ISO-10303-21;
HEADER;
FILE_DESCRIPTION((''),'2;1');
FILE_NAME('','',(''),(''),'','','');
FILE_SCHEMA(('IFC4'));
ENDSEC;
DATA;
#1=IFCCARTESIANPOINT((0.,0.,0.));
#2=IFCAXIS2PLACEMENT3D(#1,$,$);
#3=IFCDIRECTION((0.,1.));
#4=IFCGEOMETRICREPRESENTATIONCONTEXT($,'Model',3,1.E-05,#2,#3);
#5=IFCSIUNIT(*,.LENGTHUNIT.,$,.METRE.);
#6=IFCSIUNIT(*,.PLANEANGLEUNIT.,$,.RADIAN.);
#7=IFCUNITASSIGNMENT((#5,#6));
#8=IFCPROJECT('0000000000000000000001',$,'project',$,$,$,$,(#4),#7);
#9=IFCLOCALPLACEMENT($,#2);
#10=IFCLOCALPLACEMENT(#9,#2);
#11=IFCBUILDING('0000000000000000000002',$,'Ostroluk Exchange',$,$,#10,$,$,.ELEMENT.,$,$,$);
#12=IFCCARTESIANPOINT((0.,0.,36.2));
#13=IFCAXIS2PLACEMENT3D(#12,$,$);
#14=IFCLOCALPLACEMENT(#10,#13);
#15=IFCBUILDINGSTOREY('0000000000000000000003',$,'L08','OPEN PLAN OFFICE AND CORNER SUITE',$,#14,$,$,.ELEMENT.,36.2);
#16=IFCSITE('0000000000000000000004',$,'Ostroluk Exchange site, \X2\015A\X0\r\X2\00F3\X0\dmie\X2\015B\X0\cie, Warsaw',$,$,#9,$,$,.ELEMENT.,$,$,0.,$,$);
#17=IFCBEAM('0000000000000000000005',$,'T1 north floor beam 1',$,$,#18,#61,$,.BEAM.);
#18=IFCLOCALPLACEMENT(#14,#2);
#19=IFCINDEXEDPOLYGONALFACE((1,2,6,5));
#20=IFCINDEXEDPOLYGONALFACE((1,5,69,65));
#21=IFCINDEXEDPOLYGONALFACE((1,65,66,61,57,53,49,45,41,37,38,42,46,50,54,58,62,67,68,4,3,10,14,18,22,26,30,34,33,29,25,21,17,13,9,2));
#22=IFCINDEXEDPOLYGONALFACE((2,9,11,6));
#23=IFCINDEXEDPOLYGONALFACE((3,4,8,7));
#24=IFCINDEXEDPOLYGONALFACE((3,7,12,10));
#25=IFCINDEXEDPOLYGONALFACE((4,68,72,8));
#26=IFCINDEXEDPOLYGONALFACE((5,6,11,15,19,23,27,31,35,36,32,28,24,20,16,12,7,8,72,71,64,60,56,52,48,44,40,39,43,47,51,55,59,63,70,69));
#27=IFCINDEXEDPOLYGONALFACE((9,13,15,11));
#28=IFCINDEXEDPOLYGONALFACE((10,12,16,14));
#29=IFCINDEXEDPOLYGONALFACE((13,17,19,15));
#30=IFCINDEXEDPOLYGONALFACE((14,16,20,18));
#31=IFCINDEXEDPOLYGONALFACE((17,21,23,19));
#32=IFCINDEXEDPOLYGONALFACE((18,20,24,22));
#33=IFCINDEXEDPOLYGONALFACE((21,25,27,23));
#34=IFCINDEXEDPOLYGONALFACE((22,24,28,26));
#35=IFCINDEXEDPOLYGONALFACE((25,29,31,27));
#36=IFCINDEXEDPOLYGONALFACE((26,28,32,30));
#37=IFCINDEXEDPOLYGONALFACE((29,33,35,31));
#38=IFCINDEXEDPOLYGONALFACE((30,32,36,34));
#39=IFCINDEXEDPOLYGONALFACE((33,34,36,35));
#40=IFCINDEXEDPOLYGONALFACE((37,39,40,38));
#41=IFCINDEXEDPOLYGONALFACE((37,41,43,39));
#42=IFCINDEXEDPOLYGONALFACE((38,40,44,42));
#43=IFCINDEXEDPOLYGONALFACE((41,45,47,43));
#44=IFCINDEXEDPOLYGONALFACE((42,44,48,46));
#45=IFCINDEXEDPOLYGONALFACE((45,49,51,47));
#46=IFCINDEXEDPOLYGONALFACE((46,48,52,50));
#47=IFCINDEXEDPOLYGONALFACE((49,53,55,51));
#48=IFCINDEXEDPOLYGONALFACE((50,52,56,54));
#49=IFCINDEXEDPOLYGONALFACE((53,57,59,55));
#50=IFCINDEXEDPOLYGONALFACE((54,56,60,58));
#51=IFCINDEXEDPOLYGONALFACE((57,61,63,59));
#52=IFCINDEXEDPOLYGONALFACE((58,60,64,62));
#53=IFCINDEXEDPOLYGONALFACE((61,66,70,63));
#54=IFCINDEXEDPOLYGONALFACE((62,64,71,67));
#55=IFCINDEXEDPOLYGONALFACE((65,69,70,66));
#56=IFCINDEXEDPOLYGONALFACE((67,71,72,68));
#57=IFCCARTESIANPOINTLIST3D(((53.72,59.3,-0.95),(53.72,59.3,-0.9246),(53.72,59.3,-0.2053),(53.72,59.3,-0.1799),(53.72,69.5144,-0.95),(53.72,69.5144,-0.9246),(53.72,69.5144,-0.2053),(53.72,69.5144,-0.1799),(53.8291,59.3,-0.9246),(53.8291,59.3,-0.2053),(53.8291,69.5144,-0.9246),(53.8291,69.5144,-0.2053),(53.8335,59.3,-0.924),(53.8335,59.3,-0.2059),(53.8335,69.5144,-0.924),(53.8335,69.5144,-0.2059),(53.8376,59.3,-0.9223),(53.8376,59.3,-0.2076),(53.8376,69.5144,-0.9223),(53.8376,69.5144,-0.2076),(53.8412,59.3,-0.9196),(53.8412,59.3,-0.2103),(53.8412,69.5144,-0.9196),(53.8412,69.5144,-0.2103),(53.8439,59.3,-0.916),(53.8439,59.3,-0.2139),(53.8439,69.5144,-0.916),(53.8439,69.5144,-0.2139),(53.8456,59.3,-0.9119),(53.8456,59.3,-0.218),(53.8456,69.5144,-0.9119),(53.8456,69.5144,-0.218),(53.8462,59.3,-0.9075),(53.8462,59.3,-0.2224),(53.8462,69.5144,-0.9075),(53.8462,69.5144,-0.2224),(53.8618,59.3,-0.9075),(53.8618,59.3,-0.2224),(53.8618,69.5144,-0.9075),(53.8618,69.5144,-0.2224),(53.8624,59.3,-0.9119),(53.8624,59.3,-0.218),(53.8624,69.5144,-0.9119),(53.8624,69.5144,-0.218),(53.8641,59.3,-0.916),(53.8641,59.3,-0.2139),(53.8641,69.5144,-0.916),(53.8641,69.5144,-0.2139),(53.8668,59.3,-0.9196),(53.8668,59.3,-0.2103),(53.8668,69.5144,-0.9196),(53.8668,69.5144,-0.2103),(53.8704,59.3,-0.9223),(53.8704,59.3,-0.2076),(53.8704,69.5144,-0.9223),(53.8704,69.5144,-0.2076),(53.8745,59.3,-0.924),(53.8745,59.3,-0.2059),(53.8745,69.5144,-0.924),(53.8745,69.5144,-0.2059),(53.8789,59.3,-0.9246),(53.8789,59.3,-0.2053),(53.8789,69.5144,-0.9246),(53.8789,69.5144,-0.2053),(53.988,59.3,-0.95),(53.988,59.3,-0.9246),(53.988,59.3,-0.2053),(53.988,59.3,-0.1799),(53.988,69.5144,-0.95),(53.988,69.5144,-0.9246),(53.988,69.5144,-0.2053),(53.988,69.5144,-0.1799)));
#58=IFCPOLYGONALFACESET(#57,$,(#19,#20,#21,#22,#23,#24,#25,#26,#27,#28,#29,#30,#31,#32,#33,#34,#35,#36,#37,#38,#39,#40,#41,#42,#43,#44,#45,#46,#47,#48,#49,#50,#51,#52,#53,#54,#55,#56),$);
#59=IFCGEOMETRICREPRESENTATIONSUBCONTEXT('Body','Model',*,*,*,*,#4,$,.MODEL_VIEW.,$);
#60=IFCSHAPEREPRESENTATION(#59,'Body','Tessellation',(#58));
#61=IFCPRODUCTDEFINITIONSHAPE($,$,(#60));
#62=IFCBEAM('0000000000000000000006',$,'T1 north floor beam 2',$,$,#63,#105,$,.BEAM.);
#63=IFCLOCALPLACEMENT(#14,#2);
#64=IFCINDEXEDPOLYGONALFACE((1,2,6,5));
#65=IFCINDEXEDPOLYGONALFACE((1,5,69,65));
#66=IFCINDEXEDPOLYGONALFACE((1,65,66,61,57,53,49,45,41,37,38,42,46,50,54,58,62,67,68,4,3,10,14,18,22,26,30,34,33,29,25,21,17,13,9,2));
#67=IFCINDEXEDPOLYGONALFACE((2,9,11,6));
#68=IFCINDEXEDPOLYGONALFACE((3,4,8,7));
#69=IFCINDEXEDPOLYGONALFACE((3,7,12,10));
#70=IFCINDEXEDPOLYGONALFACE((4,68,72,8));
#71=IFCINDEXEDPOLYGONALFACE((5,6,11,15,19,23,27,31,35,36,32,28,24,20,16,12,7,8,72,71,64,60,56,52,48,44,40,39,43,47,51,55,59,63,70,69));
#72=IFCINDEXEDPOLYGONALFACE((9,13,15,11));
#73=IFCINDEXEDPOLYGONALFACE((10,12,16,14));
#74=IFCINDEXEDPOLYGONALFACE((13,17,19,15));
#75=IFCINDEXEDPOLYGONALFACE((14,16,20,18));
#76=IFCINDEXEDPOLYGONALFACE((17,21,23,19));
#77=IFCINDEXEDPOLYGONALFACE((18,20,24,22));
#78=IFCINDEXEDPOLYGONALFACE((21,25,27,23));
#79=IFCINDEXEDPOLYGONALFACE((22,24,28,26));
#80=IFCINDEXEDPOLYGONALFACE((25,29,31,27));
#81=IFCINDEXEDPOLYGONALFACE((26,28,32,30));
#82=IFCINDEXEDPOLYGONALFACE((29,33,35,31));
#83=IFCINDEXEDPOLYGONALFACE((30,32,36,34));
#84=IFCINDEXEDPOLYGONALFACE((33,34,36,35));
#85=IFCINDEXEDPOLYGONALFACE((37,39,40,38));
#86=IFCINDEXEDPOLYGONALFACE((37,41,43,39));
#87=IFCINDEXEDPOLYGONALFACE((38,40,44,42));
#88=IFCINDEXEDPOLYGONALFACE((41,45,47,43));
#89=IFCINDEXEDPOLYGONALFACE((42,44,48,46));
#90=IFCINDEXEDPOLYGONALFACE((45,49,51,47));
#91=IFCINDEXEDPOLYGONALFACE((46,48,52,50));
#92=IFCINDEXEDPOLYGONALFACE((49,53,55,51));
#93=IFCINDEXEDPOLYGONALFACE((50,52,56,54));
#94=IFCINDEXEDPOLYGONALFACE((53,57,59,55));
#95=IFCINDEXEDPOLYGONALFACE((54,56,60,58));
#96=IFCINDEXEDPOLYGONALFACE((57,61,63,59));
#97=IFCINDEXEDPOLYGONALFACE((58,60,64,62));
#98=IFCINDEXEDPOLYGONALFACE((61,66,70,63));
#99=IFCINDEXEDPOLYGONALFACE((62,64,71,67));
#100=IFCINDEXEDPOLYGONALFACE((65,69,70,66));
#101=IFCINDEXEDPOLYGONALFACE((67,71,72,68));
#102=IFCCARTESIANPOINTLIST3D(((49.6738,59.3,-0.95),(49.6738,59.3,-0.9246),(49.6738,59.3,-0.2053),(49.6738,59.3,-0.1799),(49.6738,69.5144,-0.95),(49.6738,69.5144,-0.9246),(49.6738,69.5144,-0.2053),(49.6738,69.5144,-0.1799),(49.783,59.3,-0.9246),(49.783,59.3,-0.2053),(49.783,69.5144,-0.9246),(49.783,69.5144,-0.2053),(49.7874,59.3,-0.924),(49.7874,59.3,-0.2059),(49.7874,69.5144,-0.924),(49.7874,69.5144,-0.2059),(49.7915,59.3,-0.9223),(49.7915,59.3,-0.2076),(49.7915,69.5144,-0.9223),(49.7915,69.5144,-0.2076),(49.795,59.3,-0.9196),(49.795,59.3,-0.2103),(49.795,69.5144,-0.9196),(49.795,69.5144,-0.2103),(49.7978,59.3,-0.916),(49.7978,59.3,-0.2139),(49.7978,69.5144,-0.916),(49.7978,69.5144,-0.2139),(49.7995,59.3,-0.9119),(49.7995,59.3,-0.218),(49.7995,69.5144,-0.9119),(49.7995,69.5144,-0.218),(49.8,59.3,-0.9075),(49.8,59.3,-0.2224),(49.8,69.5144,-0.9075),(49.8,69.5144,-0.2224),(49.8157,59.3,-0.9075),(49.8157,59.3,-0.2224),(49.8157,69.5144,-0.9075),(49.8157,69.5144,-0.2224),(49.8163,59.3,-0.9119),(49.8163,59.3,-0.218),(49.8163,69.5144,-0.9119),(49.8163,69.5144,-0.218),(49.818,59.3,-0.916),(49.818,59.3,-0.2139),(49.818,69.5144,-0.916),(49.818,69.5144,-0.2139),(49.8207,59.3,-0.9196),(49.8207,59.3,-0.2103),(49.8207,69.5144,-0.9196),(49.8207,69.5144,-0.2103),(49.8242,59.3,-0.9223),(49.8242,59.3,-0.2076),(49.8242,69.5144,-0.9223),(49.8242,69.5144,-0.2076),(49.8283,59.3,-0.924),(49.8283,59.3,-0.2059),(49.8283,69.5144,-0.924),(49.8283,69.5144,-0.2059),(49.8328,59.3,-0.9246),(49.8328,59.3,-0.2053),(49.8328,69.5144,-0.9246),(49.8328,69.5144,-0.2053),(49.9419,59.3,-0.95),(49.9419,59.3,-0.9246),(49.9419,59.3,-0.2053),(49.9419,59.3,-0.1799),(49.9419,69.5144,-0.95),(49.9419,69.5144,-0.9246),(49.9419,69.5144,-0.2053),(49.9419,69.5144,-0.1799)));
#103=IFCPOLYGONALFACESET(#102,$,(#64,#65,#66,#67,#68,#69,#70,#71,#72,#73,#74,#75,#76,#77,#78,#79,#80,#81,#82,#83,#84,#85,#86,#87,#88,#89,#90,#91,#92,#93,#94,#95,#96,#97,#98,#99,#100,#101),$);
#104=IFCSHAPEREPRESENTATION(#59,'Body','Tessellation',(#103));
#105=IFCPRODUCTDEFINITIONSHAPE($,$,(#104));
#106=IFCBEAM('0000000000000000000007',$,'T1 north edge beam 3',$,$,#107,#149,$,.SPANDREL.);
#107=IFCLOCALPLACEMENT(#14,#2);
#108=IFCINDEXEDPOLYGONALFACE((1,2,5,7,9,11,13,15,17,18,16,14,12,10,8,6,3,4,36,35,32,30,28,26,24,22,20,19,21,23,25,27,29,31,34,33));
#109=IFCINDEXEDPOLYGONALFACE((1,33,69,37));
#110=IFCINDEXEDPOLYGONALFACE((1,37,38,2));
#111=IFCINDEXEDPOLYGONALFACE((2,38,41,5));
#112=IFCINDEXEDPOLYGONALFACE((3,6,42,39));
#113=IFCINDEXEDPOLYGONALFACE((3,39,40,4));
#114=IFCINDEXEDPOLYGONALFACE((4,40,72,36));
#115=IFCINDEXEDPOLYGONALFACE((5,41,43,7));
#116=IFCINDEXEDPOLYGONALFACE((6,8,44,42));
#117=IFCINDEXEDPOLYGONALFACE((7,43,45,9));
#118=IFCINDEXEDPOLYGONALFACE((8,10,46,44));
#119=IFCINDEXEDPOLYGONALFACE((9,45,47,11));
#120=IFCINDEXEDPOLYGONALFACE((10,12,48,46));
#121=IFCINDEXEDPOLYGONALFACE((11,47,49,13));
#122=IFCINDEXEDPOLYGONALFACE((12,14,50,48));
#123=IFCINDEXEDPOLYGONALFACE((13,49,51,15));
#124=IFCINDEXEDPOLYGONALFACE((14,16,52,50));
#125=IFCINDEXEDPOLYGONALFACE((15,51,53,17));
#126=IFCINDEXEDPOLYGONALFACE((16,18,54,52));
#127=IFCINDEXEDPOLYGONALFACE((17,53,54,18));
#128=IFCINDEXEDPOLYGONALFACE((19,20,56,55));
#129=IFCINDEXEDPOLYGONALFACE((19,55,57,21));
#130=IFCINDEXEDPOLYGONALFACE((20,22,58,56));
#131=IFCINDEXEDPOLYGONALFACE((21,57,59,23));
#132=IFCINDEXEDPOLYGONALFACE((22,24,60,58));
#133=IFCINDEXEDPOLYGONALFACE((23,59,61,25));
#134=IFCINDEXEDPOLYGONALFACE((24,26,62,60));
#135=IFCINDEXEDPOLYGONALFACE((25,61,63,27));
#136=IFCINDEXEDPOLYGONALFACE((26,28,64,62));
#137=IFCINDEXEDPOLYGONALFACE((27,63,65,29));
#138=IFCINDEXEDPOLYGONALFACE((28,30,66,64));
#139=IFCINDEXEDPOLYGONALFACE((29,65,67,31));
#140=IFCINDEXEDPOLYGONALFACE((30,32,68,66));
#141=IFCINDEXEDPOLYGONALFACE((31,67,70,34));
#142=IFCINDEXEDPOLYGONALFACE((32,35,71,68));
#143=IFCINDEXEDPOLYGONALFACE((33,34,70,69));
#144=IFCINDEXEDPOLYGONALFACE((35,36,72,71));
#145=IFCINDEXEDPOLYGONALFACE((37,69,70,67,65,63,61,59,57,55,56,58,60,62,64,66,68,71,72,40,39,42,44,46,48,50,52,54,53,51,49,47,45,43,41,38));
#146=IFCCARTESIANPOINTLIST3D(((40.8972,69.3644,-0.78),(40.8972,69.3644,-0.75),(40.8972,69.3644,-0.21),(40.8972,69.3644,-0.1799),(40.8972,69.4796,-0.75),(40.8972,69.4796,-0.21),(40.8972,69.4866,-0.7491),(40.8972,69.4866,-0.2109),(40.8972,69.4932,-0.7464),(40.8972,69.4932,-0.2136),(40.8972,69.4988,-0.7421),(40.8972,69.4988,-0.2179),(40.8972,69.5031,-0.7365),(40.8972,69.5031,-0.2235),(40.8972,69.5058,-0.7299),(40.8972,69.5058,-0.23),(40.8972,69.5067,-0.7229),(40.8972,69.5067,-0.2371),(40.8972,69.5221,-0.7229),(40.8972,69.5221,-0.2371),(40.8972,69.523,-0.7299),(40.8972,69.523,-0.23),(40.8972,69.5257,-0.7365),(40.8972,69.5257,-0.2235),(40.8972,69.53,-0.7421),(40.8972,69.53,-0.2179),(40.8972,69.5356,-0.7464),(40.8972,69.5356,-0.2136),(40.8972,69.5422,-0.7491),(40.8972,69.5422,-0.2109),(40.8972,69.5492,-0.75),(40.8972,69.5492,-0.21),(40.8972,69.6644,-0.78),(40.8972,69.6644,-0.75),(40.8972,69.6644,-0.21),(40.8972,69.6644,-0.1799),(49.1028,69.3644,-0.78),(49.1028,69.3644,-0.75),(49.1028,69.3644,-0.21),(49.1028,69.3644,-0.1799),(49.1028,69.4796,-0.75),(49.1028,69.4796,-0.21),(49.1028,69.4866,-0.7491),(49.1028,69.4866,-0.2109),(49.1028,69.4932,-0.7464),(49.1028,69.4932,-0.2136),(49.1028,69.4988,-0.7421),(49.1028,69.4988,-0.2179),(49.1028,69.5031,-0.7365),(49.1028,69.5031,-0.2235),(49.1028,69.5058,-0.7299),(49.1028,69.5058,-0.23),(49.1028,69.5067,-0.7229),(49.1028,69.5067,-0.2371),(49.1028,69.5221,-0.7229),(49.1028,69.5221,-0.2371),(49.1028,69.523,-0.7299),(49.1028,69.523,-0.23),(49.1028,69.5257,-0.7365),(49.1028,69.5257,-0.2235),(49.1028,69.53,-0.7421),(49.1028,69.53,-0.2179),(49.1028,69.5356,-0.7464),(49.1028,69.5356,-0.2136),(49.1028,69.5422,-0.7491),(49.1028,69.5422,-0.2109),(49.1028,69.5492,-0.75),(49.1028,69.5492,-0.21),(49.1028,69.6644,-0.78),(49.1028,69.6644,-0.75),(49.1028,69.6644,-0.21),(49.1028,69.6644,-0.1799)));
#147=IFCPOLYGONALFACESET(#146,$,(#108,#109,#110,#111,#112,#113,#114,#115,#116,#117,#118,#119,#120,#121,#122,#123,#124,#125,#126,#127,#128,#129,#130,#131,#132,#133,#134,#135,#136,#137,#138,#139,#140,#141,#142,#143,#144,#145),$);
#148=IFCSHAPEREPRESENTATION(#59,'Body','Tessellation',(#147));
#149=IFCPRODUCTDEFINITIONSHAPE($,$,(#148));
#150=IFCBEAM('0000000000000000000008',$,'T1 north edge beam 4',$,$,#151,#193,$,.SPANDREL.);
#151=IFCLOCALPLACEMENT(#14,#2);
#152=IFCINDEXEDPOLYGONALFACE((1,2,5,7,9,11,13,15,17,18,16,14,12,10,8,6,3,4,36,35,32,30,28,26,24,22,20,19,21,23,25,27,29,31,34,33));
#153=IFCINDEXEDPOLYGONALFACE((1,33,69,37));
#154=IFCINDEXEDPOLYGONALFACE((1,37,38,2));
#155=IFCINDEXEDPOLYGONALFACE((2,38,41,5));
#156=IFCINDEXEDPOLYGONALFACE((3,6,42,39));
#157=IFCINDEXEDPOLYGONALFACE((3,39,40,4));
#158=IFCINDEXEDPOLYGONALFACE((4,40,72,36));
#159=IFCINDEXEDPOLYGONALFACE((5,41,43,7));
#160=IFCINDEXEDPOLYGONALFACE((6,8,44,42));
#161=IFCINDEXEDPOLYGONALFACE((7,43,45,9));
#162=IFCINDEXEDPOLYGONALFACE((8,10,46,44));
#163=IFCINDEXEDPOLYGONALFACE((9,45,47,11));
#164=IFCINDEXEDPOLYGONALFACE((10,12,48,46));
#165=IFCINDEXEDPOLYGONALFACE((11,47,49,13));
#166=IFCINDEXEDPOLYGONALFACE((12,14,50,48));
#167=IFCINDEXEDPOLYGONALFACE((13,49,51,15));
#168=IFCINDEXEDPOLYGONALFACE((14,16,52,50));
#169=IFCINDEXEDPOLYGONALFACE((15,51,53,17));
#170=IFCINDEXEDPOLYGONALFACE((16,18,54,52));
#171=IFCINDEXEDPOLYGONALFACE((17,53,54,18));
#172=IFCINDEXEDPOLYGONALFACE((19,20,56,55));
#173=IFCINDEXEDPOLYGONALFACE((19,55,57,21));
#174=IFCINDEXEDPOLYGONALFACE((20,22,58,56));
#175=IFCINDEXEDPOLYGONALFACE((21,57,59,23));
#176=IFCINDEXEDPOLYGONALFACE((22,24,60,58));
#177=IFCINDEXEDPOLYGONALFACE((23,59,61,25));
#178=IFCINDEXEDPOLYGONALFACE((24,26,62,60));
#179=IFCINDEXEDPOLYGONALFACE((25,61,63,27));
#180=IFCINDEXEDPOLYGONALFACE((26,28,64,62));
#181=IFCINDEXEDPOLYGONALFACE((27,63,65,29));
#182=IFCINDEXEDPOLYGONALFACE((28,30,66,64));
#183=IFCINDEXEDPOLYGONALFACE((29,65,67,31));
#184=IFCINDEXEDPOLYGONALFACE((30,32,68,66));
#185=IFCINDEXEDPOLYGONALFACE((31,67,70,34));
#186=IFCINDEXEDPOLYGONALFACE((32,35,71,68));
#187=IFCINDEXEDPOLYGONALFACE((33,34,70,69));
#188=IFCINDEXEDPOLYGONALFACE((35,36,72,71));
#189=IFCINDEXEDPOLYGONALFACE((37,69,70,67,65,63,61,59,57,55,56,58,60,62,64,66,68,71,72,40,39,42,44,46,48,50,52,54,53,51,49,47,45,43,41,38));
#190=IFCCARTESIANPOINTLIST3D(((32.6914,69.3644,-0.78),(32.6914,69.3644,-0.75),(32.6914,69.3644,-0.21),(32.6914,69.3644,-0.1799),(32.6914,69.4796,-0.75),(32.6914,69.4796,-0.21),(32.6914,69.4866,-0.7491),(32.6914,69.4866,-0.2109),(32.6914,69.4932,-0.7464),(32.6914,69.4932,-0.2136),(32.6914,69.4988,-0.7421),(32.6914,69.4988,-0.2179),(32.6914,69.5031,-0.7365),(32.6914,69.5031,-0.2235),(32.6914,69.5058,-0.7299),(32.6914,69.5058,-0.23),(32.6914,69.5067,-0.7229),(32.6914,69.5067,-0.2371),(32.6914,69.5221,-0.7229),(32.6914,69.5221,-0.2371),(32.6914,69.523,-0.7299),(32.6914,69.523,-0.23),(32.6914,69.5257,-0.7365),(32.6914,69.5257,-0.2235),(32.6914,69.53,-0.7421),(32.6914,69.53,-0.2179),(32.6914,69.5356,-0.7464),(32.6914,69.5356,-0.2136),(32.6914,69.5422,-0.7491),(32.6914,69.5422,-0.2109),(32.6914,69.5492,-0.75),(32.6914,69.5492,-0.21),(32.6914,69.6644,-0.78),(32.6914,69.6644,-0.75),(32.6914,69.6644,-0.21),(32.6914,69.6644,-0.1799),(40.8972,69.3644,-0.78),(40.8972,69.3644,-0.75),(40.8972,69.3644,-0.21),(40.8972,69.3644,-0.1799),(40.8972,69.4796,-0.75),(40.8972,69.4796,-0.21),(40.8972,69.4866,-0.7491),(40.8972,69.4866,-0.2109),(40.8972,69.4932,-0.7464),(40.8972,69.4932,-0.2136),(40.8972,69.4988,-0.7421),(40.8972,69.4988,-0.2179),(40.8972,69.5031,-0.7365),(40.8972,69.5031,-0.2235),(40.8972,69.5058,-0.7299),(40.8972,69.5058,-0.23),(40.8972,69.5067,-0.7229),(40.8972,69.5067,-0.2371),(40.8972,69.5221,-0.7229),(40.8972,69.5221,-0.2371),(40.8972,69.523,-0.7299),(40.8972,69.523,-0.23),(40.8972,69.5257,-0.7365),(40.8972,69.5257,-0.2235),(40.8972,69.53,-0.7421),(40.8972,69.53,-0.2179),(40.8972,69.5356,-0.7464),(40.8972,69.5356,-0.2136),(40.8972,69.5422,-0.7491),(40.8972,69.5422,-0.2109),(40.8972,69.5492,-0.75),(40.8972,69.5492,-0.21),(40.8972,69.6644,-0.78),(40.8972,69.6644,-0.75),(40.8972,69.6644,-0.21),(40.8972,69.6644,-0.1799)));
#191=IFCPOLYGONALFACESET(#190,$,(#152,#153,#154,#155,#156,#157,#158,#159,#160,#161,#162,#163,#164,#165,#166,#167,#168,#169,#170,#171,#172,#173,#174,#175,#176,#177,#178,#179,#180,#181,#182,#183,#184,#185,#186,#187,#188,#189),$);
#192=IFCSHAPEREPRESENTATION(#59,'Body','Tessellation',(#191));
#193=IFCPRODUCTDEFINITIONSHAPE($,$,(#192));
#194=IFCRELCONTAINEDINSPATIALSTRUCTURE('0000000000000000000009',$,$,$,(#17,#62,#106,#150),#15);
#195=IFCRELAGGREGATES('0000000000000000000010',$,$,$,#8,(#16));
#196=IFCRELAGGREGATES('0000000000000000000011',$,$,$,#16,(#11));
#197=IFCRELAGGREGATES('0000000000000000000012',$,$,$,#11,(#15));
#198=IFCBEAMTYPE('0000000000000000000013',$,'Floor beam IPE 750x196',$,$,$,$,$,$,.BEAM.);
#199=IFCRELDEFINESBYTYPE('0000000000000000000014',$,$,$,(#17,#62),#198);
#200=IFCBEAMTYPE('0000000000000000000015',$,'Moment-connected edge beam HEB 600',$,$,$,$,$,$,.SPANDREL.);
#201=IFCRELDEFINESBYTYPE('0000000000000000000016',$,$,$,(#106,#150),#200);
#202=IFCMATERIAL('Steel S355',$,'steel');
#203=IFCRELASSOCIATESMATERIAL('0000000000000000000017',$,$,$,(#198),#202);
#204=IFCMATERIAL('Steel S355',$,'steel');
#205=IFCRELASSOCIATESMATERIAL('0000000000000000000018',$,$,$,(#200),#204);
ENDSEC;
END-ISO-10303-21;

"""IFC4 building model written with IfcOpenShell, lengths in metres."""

from ifc_helpers import new_model, si_unit, direction, frame, origin, origin_2d, place, context, subcontext, project, spatial, i_section, extrude, material, material_profile, profile_set, type_object, element, save


model = new_model("IFC4")

# Units and contexts
model_context = context("Model", 3, precision=1e-05, world=origin(), true_north=direction((0.0, 1.0)))
body_context = subcontext(model_context, "Body", "Model", "MODEL_VIEW")
ifc_project = project(units=[si_unit("LENGTHUNIT", "METRE"), si_unit("PLANEANGLEUNIT", "RADIAN")], contexts=[model_context])

# Site, building, storey
site_placement = place(None, origin())
site = spatial("IfcSite", under=ifc_project, at=site_placement, Name="Ostroluk Exchange site, Śródmieście, Warsaw", CompositionType="ELEMENT", RefElevation=0.0)
building_placement = place(site_placement, origin())
building = spatial("IfcBuilding", under=site, at=building_placement, Name="Ostroluk Exchange", CompositionType="ELEMENT")
storey_placement = place(building_placement, frame((0.0, 0.0, 36.2)))
storey = spatial("IfcBuildingStorey", under=building, at=storey_placement, Name="L08", Description="OPEN PLAN OFFICE AND CORNER SUITE", CompositionType="ELEMENT", Elevation=36.2)

# Beams
ifc_material_1 = material(Name="Steel S355", Category="steel")
ifc_material_profile_1 = material_profile(ifc_material_1, i_section(OverallWidth=0.2681, OverallDepth=0.77, WebThickness=0.0156, FlangeThickness=0.0254, FilletRadius=0.0171, at=origin_2d()), Name="IPE 750x196")
ifc_profile_set_1 = profile_set([ifc_material_profile_1], Name="Steel S355")
beam_type_1 = type_object("IfcBeamType", Name="Floor beam IPE 750x196", PredefinedType="BEAM", material=ifc_profile_set_1)
for number, where, z_axis, x_axis, name in (
    (1, (53.854, 59.3, -0.5649), (0.0, 1.0, 0.0), (-1.0, 0.0, 0.0), "T1 north floor beam 1"),
    (2, (49.8079, 59.3, -0.5649), (0.0, 1.0, 0.0), (-1.0, 0.0, 0.0), "T1 north floor beam 2"),
):
    element("IfcBeam", number, at=place(storey_placement, frame(where, z_axis=z_axis, x_axis=x_axis)), inside=storey, type_object=beam_type_1, Name=name, PredefinedType="BEAM", context=body_context, shape_type="SweptSolid", body=[
        extrude(i_section(OverallWidth=0.2681, OverallDepth=0.77, WebThickness=0.0156, FlangeThickness=0.0254, FilletRadius=0.0171, at=origin_2d()), origin(), (0.0, 0.0, 1.0), 10.2144),
    ])
ifc_material_2 = material(Name="Steel S355", Category="steel")
ifc_material_profile_2 = material_profile(ifc_material_2, i_section(OverallWidth=0.3, OverallDepth=0.6001, WebThickness=0.0154, FlangeThickness=0.03, FilletRadius=0.0271, at=origin_2d()), Name="HEB 600")
ifc_profile_set_2 = profile_set([ifc_material_profile_2], Name="Steel S355")
beam_type_2 = type_object("IfcBeamType", Name="Moment-connected edge beam HEB 600", PredefinedType="SPANDREL", material=ifc_profile_set_2)
beam_1_placement = place(storey_placement, frame((49.1028, 69.5144, -0.48), z_axis=(-1.0, 0.0, 0.0), x_axis=(0.0, -1.0, 0.0)))
element("IfcBeam", 3, at=beam_1_placement, inside=storey, type_object=beam_type_2, Name="T1 north edge beam 3", PredefinedType="SPANDREL", context=body_context, shape_type="SweptSolid", body=[
    extrude(i_section(OverallWidth=0.3, OverallDepth=0.6001, WebThickness=0.0154, FlangeThickness=0.03, FilletRadius=0.0271, at=origin_2d()), origin(), (0.0, 0.0, 1.0), 8.2056),
])
beam_2_placement = place(storey_placement, frame((40.8972, 69.5144, -0.48), z_axis=(-1.0, 0.0, 0.0), x_axis=(0.0, -1.0, 0.0)))
element("IfcBeam", 4, at=beam_2_placement, inside=storey, type_object=beam_type_2, Name="T1 north edge beam 4", PredefinedType="SPANDREL", context=body_context, shape_type="SweptSolid", body=[
    extrude(i_section(OverallWidth=0.3, OverallDepth=0.6001, WebThickness=0.0154, FlangeThickness=0.03, FilletRadius=0.0271, at=origin_2d()), origin(), (0.0, 0.0, 1.0), 8.2058),
])

save(model, "model.ifc")
